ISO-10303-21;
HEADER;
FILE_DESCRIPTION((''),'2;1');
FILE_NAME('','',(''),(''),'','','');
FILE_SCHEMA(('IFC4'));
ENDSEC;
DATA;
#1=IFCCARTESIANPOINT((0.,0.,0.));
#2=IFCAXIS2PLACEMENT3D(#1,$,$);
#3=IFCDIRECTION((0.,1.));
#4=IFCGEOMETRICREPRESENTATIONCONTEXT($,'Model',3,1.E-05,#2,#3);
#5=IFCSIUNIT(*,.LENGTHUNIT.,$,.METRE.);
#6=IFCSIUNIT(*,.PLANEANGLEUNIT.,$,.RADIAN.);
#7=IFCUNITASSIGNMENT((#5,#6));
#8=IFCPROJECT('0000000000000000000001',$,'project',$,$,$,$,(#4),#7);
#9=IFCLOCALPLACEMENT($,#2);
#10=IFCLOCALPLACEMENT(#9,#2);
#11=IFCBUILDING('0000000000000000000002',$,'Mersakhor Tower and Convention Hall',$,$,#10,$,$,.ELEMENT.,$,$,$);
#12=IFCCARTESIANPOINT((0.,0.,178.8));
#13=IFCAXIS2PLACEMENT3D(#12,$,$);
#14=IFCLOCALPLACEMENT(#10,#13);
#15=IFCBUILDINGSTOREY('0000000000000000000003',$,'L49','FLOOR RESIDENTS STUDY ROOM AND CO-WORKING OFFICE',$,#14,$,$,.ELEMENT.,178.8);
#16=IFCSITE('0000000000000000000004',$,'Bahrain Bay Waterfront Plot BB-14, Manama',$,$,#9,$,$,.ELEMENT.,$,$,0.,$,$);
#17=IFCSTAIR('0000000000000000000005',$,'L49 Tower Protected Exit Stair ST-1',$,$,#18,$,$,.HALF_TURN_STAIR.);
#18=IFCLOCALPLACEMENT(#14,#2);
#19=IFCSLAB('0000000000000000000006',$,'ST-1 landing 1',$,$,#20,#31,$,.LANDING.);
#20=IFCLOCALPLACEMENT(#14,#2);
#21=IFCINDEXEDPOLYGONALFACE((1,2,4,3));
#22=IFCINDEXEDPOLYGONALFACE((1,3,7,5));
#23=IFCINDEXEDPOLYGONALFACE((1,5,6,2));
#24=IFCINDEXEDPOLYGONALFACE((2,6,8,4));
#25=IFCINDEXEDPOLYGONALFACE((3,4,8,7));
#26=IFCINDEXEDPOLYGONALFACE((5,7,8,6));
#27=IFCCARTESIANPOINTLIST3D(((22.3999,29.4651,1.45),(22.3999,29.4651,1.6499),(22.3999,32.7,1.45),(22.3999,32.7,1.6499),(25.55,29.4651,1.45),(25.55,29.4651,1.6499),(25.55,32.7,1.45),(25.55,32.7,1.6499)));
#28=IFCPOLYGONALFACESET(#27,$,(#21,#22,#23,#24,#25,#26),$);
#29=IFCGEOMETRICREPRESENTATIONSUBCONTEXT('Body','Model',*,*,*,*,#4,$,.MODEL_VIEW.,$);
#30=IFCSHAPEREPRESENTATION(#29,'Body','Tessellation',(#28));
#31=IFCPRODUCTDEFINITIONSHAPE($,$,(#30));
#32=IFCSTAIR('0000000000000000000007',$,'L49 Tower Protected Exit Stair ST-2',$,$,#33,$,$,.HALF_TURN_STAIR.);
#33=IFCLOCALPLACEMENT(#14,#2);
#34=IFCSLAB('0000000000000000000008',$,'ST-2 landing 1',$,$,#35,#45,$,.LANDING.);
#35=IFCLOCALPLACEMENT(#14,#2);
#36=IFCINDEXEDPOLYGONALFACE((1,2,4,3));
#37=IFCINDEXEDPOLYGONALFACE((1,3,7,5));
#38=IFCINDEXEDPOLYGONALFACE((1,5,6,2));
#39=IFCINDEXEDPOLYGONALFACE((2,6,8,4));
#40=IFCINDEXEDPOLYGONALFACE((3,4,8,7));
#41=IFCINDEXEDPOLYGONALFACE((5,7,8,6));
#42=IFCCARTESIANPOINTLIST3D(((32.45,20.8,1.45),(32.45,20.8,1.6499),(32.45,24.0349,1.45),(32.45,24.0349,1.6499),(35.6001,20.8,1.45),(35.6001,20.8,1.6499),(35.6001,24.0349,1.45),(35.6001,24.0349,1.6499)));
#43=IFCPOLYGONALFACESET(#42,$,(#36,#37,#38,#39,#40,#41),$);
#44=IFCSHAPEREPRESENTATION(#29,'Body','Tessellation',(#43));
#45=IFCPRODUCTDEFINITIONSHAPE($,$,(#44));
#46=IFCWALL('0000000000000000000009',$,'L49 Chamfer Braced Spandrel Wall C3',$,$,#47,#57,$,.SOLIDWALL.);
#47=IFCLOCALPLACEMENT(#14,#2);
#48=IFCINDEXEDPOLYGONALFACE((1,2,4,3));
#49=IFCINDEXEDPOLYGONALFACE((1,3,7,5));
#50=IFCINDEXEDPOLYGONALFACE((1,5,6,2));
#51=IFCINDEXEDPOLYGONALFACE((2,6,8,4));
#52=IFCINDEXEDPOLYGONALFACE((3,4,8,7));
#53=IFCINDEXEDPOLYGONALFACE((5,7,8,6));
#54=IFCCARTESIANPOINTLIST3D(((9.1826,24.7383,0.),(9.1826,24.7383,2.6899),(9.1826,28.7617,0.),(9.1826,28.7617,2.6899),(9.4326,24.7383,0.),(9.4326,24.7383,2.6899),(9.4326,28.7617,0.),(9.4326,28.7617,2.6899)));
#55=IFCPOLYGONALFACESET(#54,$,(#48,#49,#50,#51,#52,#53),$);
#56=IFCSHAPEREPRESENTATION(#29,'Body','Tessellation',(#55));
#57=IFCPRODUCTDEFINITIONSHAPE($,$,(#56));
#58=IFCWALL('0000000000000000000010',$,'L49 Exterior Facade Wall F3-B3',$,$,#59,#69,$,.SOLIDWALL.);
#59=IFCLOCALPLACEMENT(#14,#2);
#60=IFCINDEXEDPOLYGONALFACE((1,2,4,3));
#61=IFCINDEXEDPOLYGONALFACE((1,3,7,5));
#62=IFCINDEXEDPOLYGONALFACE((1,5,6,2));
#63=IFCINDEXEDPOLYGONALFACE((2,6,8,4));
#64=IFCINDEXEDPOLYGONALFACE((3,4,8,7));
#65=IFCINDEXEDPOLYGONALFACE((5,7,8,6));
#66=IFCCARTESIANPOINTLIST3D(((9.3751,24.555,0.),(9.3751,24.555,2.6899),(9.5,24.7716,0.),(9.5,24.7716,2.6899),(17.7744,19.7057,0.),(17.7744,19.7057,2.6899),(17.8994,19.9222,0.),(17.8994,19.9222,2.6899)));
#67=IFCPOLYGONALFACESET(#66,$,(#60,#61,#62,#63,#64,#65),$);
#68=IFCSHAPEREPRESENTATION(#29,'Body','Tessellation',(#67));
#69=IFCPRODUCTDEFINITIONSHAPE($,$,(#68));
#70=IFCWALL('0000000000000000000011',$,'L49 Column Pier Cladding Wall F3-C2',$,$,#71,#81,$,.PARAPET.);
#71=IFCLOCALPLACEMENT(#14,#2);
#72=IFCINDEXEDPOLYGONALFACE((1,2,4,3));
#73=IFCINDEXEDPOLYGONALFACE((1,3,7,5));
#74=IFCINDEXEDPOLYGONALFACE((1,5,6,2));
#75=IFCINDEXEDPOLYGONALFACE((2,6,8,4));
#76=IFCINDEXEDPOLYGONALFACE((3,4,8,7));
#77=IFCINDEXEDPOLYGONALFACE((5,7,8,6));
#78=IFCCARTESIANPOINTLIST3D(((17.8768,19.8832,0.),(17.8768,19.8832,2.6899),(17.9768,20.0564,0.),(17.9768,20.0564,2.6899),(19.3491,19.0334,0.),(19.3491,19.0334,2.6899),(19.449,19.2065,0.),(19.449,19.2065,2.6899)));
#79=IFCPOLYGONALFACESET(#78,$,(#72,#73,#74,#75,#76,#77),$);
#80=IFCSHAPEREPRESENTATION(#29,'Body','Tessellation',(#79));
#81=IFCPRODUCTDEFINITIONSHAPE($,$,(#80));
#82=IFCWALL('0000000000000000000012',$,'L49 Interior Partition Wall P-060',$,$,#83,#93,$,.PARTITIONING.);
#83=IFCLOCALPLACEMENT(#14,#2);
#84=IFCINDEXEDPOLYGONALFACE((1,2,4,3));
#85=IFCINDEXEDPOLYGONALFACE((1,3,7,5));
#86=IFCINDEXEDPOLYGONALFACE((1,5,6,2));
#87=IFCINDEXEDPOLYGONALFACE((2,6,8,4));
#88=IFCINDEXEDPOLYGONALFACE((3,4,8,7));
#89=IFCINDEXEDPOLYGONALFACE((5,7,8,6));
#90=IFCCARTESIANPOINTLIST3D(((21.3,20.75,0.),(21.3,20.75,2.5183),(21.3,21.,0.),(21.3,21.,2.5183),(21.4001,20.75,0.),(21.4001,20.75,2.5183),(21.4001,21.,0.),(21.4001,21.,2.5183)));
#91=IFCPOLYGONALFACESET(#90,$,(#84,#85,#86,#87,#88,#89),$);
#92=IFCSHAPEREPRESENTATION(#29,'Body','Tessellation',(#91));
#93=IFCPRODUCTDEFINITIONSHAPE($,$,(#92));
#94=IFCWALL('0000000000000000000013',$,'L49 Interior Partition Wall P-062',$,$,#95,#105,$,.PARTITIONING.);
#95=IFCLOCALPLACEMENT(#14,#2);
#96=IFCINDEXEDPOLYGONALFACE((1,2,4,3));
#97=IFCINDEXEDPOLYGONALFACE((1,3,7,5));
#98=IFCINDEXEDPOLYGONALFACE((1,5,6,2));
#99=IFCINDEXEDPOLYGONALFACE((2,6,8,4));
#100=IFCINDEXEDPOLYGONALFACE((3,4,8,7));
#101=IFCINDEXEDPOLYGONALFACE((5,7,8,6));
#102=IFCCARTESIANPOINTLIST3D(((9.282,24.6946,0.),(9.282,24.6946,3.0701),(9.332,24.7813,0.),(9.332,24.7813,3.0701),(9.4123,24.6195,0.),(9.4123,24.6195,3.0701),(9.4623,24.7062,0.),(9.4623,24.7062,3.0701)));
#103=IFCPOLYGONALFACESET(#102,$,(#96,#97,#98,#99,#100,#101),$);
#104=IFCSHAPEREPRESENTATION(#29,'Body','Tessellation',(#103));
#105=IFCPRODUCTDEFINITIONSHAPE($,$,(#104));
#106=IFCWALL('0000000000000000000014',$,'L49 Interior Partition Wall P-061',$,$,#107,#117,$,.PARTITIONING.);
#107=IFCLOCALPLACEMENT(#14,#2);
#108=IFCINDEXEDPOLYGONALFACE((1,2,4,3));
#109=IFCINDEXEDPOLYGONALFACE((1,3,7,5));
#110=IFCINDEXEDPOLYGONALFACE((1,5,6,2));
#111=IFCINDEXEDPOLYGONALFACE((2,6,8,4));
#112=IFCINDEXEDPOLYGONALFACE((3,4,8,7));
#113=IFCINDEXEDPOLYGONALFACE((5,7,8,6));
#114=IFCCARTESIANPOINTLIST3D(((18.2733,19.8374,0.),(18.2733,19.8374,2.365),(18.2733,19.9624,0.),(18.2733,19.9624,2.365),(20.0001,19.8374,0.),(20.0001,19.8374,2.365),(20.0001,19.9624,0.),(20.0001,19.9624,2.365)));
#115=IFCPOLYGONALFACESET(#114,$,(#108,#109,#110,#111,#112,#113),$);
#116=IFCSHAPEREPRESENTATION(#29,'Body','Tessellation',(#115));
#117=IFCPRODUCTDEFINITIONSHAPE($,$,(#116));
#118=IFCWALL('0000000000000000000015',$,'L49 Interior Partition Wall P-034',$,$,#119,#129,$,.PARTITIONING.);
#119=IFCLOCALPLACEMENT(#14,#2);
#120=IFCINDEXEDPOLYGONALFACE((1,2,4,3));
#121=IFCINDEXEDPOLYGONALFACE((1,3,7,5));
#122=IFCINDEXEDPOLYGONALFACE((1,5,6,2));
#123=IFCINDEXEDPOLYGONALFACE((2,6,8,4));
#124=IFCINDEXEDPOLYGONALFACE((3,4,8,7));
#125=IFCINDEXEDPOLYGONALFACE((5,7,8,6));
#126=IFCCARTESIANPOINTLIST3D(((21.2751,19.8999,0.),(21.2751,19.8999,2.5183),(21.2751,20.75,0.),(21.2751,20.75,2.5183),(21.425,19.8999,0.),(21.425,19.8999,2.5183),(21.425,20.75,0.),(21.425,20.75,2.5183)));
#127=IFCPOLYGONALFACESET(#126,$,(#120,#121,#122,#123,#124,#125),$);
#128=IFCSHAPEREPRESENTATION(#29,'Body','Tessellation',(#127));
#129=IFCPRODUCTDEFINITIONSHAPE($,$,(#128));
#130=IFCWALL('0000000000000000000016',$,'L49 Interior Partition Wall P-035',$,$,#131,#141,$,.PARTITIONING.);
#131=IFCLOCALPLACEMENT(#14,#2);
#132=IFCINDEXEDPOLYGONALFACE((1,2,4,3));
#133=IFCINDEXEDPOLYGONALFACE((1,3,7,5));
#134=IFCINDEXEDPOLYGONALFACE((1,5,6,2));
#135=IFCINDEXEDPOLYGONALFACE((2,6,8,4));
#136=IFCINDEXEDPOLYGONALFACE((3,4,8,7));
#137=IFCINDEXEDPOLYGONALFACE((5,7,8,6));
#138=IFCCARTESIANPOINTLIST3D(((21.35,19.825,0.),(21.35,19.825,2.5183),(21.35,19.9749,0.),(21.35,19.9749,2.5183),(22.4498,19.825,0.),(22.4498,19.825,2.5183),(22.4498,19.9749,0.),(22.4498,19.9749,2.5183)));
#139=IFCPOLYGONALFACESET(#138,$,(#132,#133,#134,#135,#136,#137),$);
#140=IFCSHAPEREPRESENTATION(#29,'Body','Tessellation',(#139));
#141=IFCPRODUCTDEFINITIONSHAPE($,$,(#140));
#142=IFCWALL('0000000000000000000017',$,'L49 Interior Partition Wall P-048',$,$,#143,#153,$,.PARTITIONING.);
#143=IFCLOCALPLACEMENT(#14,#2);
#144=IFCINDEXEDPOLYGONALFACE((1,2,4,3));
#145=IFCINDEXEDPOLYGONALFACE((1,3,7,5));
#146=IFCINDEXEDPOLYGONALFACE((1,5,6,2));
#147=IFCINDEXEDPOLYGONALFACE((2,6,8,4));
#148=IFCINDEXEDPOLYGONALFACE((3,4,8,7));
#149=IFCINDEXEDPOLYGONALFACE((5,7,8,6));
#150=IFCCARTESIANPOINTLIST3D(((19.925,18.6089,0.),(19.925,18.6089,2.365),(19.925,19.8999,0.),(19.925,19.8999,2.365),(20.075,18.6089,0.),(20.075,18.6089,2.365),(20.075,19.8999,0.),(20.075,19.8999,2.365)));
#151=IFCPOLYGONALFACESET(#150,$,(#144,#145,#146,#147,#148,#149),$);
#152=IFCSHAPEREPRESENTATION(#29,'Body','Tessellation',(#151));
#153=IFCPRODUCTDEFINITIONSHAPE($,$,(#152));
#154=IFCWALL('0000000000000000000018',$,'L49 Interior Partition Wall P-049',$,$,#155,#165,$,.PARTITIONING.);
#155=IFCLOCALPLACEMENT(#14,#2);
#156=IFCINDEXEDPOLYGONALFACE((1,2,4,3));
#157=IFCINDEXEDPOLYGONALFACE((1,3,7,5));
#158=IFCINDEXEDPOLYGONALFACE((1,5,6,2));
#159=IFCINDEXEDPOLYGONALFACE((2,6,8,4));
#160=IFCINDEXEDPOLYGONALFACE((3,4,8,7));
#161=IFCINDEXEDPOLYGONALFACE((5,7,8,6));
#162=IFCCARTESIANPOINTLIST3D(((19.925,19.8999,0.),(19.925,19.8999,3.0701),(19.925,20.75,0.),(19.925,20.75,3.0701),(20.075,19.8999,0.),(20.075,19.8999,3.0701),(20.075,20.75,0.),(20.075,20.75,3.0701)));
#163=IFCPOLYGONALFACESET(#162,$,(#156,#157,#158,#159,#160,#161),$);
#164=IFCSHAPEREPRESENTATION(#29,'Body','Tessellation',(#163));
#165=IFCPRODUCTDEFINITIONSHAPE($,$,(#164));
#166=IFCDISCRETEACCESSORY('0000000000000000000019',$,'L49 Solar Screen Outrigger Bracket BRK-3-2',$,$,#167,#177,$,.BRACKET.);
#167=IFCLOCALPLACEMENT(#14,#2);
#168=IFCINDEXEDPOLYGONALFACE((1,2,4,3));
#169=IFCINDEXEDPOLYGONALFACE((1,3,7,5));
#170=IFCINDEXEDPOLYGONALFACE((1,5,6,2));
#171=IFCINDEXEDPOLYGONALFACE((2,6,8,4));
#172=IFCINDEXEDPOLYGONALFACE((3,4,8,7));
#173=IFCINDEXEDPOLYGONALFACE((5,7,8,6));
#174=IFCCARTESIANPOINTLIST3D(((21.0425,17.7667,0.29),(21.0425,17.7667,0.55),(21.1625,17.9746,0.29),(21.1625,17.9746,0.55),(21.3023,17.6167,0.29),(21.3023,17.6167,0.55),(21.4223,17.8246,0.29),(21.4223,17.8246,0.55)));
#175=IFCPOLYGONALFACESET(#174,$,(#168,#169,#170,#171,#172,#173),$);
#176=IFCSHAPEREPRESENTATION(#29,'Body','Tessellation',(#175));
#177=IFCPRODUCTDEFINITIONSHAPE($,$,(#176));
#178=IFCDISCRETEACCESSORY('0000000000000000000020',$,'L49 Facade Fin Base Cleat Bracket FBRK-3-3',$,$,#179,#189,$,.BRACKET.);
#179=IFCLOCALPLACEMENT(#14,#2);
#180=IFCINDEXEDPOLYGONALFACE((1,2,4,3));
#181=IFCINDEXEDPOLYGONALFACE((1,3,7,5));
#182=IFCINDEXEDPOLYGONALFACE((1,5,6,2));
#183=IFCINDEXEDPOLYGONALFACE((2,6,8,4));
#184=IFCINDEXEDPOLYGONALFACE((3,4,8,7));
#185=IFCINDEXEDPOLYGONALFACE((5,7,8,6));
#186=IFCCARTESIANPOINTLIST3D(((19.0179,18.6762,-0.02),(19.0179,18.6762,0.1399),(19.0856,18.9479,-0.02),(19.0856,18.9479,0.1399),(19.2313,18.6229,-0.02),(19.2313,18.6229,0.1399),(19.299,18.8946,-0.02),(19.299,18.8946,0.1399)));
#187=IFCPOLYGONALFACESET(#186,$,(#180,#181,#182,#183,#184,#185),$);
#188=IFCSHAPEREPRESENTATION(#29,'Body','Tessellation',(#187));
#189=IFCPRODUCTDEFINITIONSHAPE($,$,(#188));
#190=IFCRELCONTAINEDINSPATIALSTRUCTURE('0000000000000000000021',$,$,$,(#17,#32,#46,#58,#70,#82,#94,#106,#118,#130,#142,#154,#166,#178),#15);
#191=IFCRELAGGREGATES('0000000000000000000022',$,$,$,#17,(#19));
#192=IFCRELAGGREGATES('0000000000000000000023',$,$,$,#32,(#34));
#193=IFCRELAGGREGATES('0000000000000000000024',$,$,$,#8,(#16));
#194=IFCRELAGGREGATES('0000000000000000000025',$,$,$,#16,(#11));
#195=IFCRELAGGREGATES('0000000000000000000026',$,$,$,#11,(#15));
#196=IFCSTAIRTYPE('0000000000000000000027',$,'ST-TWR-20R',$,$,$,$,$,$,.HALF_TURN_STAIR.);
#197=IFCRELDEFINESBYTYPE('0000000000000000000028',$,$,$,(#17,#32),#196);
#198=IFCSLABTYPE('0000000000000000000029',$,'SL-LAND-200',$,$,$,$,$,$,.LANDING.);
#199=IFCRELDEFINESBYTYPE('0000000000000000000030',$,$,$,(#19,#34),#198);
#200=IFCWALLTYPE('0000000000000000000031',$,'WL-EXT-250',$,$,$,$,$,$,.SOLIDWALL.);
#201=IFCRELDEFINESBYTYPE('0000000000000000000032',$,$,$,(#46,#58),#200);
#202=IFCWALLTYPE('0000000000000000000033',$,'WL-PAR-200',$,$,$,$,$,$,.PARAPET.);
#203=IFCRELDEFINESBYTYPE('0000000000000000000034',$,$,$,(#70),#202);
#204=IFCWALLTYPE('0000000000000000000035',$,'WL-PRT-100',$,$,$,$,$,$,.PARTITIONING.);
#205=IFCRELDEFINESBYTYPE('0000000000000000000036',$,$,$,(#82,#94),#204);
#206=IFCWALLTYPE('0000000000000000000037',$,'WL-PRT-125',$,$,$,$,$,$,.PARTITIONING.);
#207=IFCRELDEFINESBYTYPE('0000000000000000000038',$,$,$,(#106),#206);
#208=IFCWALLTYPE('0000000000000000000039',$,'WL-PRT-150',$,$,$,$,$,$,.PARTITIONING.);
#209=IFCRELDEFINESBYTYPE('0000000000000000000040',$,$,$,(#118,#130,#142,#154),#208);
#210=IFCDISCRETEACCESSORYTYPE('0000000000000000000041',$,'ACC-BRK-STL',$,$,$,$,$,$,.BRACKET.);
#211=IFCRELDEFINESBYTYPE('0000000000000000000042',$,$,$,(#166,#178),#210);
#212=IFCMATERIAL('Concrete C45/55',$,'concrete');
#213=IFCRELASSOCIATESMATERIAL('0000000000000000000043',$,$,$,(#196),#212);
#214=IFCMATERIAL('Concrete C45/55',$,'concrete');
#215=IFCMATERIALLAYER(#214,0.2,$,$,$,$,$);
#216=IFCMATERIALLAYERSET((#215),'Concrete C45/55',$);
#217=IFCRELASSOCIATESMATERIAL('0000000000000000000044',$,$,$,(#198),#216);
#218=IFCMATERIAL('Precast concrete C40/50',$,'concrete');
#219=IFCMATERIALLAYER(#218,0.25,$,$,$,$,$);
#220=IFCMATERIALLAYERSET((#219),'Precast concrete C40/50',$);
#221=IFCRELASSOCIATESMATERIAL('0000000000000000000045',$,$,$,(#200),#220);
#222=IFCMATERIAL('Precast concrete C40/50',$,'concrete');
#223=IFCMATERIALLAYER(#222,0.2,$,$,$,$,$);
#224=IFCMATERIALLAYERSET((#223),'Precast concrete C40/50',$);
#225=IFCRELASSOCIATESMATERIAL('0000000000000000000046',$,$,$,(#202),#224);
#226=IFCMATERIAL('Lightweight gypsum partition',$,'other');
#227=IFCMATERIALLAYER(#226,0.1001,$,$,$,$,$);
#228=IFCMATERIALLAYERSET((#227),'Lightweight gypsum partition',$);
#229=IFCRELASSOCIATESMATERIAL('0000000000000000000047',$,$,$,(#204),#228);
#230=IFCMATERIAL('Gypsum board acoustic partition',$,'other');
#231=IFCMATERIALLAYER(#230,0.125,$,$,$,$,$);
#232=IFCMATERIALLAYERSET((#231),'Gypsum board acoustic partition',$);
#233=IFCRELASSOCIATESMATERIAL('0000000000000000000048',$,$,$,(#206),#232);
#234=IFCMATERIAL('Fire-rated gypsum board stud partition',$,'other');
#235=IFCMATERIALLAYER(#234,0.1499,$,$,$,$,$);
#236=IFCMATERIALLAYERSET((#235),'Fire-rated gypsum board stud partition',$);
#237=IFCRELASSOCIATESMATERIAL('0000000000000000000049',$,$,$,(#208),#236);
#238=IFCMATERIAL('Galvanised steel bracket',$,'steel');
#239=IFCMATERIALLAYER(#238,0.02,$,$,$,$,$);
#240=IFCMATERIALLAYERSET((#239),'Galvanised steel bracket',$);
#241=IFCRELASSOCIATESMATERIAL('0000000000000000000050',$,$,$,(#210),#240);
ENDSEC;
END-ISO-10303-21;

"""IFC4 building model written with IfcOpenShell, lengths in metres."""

from ifc_helpers import new_model, si_unit, direction, frame, frame_2d, origin, origin_2d, place, context, subcontext, project, spatial, polyline, rectangle, outline, extrude, material, layer, layer_set, type_object, element, aggregate, save


model = new_model("IFC4")

# Units and contexts
model_context = context("Model", 3, precision=1e-05, world=origin(), true_north=direction((0.0, 1.0)))
body_context = subcontext(model_context, "Body", "Model", "MODEL_VIEW")
ifc_project = project(units=[si_unit("LENGTHUNIT", "METRE"), si_unit("PLANEANGLEUNIT", "RADIAN")], contexts=[model_context])

# Site, building, storey
site_placement = place(None, origin())
site = spatial("IfcSite", under=ifc_project, at=site_placement, Name="Bahrain Bay Waterfront Plot BB-14, Manama", CompositionType="ELEMENT", RefElevation=0.0)
building_placement = place(site_placement, origin())
building = spatial("IfcBuilding", under=site, at=building_placement, Name="Mersakhor Tower and Convention Hall", CompositionType="ELEMENT")
storey_placement = place(building_placement, frame((0.0, 0.0, 178.8)))
storey = spatial("IfcBuildingStorey", under=building, at=storey_placement, Name="L49", Description="FLOOR RESIDENTS STUDY ROOM AND CO-WORKING OFFICE", CompositionType="ELEMENT", Elevation=178.8)

# Stairs, slabs
ifc_material_1 = material(Name="Concrete C45/55", Category="concrete")
stair_type = type_object("IfcStairType", Name="ST-TWR-20R", PredefinedType="HALF_TURN_STAIR", material=ifc_material_1)
stair_1_placement = place(storey_placement, origin())
stair_1 = element("IfcStair", 1, at=stair_1_placement, inside=storey, type_object=stair_type, Name="L49 Tower Protected Exit Stair ST-1", PredefinedType="HALF_TURN_STAIR")
ifc_material_2 = material(Name="Concrete C45/55", Category="concrete")
ifc_layer_1 = layer(ifc_material_2, 0.2)
ifc_layer_set_1 = layer_set([ifc_layer_1], Name="Concrete C45/55")
slab_type_1 = type_object("IfcSlabType", Name="SL-LAND-200", PredefinedType="LANDING", material=ifc_layer_set_1)
slab_1_placement = place(storey_placement, frame((0.0, 0.0, 1.45)))
slab_1 = element("IfcSlab", 2, at=slab_1_placement, type_object=slab_type_1, Name="ST-1 landing 1", PredefinedType="LANDING", context=body_context, shape_type="SweptSolid", body=[
    extrude(outline(polyline([(25.55, 29.4651), (25.55, 32.7), (22.3999, 32.7), (22.3999, 29.4651), (25.55, 29.4651)])), origin(), (0.0, 0.0, 1.0), 0.2),
])
aggregate(stair_1, [slab_1])
stair_2_placement = place(storey_placement, origin())
stair_2 = element("IfcStair", 3, at=stair_2_placement, inside=storey, type_object=stair_type, Name="L49 Tower Protected Exit Stair ST-2", PredefinedType="HALF_TURN_STAIR")
slab_2_placement = place(storey_placement, frame((0.0, 0.0, 1.45)))
slab_2 = element("IfcSlab", 4, at=slab_2_placement, type_object=slab_type_1, Name="ST-2 landing 1", PredefinedType="LANDING", context=body_context, shape_type="SweptSolid", body=[
    extrude(outline(polyline([(32.45, 24.0349), (32.45, 20.8), (35.6001, 20.8), (35.6001, 24.0349), (32.45, 24.0349)])), origin(), (0.0, 0.0, 1.0), 0.2),
])
aggregate(stair_2, [slab_2])

# Walls
ifc_material_3 = material(Name="Precast concrete C40/50", Category="concrete")
ifc_layer_2 = layer(ifc_material_3, 0.25)
ifc_layer_set_2 = layer_set([ifc_layer_2], Name="Precast concrete C40/50")
wall_type_1 = type_object("IfcWallType", Name="WL-EXT-250", PredefinedType="SOLIDWALL", material=ifc_layer_set_2)
wall_1_placement = place(storey_placement, frame((9.3076, 24.7383, 0.0), z_axis=(0.0, 0.0, 1.0), x_axis=(0.0, 1.0, 0.0)))
element("IfcWall", 5, at=wall_1_placement, inside=storey, type_object=wall_type_1, Name="L49 Chamfer Braced Spandrel Wall C3", PredefinedType="SOLIDWALL", context=body_context, shape_type="SweptSolid", body=[
    extrude(rectangle(XDim=4.0234, YDim=0.25, at=frame_2d((2.0117, 0.0))), origin(), (0.0, 0.0, 1.0), 2.6899),
])
wall_2_placement = place(storey_placement, frame((17.8369, 19.814, 0.0), z_axis=(0.0, 0.0, 1.0), x_axis=(-0.866027, 0.499997, 0.0)))
element("IfcWall", 6, at=wall_2_placement, inside=storey, type_object=wall_type_1, Name="L49 Exterior Facade Wall F3-B3", PredefinedType="SOLIDWALL", context=body_context, shape_type="SweptSolid", body=[
    extrude(rectangle(XDim=9.6987, YDim=0.25, at=frame_2d((4.8494, 0.0))), origin(), (0.0, 0.0, 1.0), 2.6899),
])
ifc_material_4 = material(Name="Precast concrete C40/50", Category="concrete")
ifc_layer_3 = layer(ifc_material_4, 0.2)
ifc_layer_set_3 = layer_set([ifc_layer_3], Name="Precast concrete C40/50")
wall_type_2 = type_object("IfcWallType", Name="WL-PAR-200", PredefinedType="PARAPET", material=ifc_layer_set_3)
wall_3_placement = place(storey_placement, frame((19.3992, 19.1199, 0.0), z_axis=(0.0, 0.0, 1.0), x_axis=(-0.866052, 0.499955, 0.0)))
element("IfcWall", 7, at=wall_3_placement, inside=storey, type_object=wall_type_2, Name="L49 Column Pier Cladding Wall F3-C2", PredefinedType="PARAPET", context=body_context, shape_type="SweptSolid", body=[
    extrude(rectangle(XDim=1.7, YDim=0.2, at=frame_2d((0.8501, 0.0))), origin(), (0.0, 0.0, 1.0), 2.6899),
])
ifc_material_5 = material(Name="Lightweight gypsum partition", Category="other")
ifc_layer_4 = layer(ifc_material_5, 0.1001)
ifc_layer_set_4 = layer_set([ifc_layer_4], Name="Lightweight gypsum partition")
wall_type_3 = type_object("IfcWallType", Name="WL-PRT-100", PredefinedType="PARTITIONING", material=ifc_layer_set_4)
wall_4_placement = place(storey_placement, frame((21.3501, 21.0, 0.0), z_axis=(0.0, 0.0, 1.0), x_axis=(0.0, -1.0, 0.0)))
element("IfcWall", 8, at=wall_4_placement, inside=storey, type_object=wall_type_3, Name="L49 Interior Partition Wall P-060", PredefinedType="PARTITIONING", context=body_context, shape_type="SweptSolid", body=[
    extrude(rectangle(XDim=0.25, YDim=0.1001, at=frame_2d((0.125, 0.0))), origin(), (0.0, 0.0, 1.0), 2.5183),
])
wall_5_placement = place(storey_placement, frame((9.4373, 24.6628, 0.0), z_axis=(0.0, 0.0, 1.0), x_axis=(-0.86624, 0.499629, 0.0)))
element("IfcWall", 9, at=wall_5_placement, inside=storey, type_object=wall_type_3, Name="L49 Interior Partition Wall P-062", PredefinedType="PARTITIONING", context=body_context, shape_type="SweptSolid", body=[
    extrude(rectangle(XDim=0.1504, YDim=0.1001, at=frame_2d((0.0752, 0.0))), origin(), (0.0, 0.0, 1.0), 3.0701),
])
ifc_material_6 = material(Name="Gypsum board acoustic partition", Category="other")
ifc_layer_5 = layer(ifc_material_6, 0.125)
ifc_layer_set_5 = layer_set([ifc_layer_5], Name="Gypsum board acoustic partition")
wall_type_4 = type_object("IfcWallType", Name="WL-PRT-125", PredefinedType="PARTITIONING", material=ifc_layer_set_5)
wall_6_placement = place(storey_placement, frame((20.0, 19.8999, 0.0), z_axis=(0.0, 0.0, 1.0), x_axis=(-1.0, 0.0, 0.0)))
element("IfcWall", 10, at=wall_6_placement, inside=storey, type_object=wall_type_4, Name="L49 Interior Partition Wall P-061", PredefinedType="PARTITIONING", context=body_context, shape_type="SweptSolid", body=[
    extrude(rectangle(XDim=1.7268, YDim=0.125, at=frame_2d((0.8633, 0.0))), origin(), (0.0, 0.0, 1.0), 2.365),
])

# Shared definitions
ifc_material_7 = material(Name="Fire-rated gypsum board stud partition", Category="other")
ifc_layer_6 = layer(ifc_material_7, 0.1499)
ifc_layer_set_6 = layer_set([ifc_layer_6], Name="Fire-rated gypsum board stud partition")
wall_type_5 = type_object("IfcWallType", Name="WL-PRT-150", PredefinedType="PARTITIONING", material=ifc_layer_set_6)

# Walls
wall_7_placement = place(storey_placement, frame((21.3501, 20.75, 0.0), z_axis=(0.0, 0.0, 1.0), x_axis=(0.0, -1.0, 0.0)))
element("IfcWall", 11, at=wall_7_placement, inside=storey, type_object=wall_type_5, Name="L49 Interior Partition Wall P-034", PredefinedType="PARTITIONING", context=body_context, shape_type="SweptSolid", body=[
    extrude(rectangle(XDim=0.8501, YDim=0.1499, at=frame_2d((0.425, 0.0))), origin(), (0.0, 0.0, 1.0), 2.5183),
])
wall_8_placement = place(storey_placement, frame((21.3501, 19.8999, 0.0), z_axis=(0.0, 0.0, 1.0), x_axis=(1.0, 0.0, 0.0)))
element("IfcWall", 12, at=wall_8_placement, inside=storey, type_object=wall_type_5, Name="L49 Interior Partition Wall P-035", PredefinedType="PARTITIONING", context=body_context, shape_type="SweptSolid", body=[
    extrude(rectangle(XDim=1.0999, YDim=0.1499, at=frame_2d((0.5498, 0.0))), origin(), (0.0, 0.0, 1.0), 2.5183),
])
wall_9_placement = place(storey_placement, frame((20.0, 18.6089, 0.0), z_axis=(0.0, 0.0, 1.0), x_axis=(0.0, 1.0, 0.0)))
element("IfcWall", 13, at=wall_9_placement, inside=storey, type_object=wall_type_5, Name="L49 Interior Partition Wall P-048", PredefinedType="PARTITIONING", context=body_context, shape_type="SweptSolid", body=[
    extrude(rectangle(XDim=1.291, YDim=0.1499, at=frame_2d((0.6455, 0.0))), origin(), (0.0, 0.0, 1.0), 2.365),
])
wall_10_placement = place(storey_placement, frame((20.0, 19.8999, 0.0), z_axis=(0.0, 0.0, 1.0), x_axis=(0.0, 1.0, 0.0)))
element("IfcWall", 14, at=wall_10_placement, inside=storey, type_object=wall_type_5, Name="L49 Interior Partition Wall P-049", PredefinedType="PARTITIONING", context=body_context, shape_type="SweptSolid", body=[
    extrude(rectangle(XDim=0.8501, YDim=0.1499, at=frame_2d((0.425, 0.0))), origin(), (0.0, 0.0, 1.0), 3.0701),
])

# Discrete accessories
ifc_material_8 = material(Name="Galvanised steel bracket", Category="steel")
ifc_layer_7 = layer(ifc_material_8, 0.02)
ifc_layer_set_7 = layer_set([ifc_layer_7], Name="Galvanised steel bracket")
discrete_accessory_type = type_object("IfcDiscreteAccessoryType", Name="ACC-BRK-STL", PredefinedType="BRACKET", material=ifc_layer_set_7)
discrete_accessory_placement = place(storey_placement, frame((21.2324, 17.7957, 0.29), z_axis=(0.0, 0.0, 1.0), x_axis=(-0.866025, 0.5, 0.0)))
element("IfcDiscreteAccessory", 15, at=discrete_accessory_placement, inside=storey, type_object=discrete_accessory_type, Name="L49 Solar Screen Outrigger Bracket BRK-3-2", PredefinedType="BRACKET", context=body_context, shape_type="SweptSolid", body=[
    extrude(rectangle(XDim=0.3, YDim=0.24, at=origin_2d()), origin(), (0.0, 0.0, 1.0), 0.26),
])
for number, where, z_axis, x_axis, name in (
    (16, (19.1584, 18.7854, -0.02), (0.0, 0.0, 1.0), (-0.241922, -0.970296, 0.0), "L49 Facade Fin Base Cleat Bracket FBRK-3-3"),
):
    element("IfcDiscreteAccessory", number, at=place(storey_placement, frame(where, z_axis=z_axis, x_axis=x_axis)), inside=storey, type_object=discrete_accessory_type, Name=name, PredefinedType="BRACKET", context=body_context, shape_type="SweptSolid", body=[
        extrude(rectangle(XDim=0.28, YDim=0.22, at=origin_2d()), origin(), (0.0, 0.0, 1.0), 0.1599),
    ])

save(model, "model.ifc")
